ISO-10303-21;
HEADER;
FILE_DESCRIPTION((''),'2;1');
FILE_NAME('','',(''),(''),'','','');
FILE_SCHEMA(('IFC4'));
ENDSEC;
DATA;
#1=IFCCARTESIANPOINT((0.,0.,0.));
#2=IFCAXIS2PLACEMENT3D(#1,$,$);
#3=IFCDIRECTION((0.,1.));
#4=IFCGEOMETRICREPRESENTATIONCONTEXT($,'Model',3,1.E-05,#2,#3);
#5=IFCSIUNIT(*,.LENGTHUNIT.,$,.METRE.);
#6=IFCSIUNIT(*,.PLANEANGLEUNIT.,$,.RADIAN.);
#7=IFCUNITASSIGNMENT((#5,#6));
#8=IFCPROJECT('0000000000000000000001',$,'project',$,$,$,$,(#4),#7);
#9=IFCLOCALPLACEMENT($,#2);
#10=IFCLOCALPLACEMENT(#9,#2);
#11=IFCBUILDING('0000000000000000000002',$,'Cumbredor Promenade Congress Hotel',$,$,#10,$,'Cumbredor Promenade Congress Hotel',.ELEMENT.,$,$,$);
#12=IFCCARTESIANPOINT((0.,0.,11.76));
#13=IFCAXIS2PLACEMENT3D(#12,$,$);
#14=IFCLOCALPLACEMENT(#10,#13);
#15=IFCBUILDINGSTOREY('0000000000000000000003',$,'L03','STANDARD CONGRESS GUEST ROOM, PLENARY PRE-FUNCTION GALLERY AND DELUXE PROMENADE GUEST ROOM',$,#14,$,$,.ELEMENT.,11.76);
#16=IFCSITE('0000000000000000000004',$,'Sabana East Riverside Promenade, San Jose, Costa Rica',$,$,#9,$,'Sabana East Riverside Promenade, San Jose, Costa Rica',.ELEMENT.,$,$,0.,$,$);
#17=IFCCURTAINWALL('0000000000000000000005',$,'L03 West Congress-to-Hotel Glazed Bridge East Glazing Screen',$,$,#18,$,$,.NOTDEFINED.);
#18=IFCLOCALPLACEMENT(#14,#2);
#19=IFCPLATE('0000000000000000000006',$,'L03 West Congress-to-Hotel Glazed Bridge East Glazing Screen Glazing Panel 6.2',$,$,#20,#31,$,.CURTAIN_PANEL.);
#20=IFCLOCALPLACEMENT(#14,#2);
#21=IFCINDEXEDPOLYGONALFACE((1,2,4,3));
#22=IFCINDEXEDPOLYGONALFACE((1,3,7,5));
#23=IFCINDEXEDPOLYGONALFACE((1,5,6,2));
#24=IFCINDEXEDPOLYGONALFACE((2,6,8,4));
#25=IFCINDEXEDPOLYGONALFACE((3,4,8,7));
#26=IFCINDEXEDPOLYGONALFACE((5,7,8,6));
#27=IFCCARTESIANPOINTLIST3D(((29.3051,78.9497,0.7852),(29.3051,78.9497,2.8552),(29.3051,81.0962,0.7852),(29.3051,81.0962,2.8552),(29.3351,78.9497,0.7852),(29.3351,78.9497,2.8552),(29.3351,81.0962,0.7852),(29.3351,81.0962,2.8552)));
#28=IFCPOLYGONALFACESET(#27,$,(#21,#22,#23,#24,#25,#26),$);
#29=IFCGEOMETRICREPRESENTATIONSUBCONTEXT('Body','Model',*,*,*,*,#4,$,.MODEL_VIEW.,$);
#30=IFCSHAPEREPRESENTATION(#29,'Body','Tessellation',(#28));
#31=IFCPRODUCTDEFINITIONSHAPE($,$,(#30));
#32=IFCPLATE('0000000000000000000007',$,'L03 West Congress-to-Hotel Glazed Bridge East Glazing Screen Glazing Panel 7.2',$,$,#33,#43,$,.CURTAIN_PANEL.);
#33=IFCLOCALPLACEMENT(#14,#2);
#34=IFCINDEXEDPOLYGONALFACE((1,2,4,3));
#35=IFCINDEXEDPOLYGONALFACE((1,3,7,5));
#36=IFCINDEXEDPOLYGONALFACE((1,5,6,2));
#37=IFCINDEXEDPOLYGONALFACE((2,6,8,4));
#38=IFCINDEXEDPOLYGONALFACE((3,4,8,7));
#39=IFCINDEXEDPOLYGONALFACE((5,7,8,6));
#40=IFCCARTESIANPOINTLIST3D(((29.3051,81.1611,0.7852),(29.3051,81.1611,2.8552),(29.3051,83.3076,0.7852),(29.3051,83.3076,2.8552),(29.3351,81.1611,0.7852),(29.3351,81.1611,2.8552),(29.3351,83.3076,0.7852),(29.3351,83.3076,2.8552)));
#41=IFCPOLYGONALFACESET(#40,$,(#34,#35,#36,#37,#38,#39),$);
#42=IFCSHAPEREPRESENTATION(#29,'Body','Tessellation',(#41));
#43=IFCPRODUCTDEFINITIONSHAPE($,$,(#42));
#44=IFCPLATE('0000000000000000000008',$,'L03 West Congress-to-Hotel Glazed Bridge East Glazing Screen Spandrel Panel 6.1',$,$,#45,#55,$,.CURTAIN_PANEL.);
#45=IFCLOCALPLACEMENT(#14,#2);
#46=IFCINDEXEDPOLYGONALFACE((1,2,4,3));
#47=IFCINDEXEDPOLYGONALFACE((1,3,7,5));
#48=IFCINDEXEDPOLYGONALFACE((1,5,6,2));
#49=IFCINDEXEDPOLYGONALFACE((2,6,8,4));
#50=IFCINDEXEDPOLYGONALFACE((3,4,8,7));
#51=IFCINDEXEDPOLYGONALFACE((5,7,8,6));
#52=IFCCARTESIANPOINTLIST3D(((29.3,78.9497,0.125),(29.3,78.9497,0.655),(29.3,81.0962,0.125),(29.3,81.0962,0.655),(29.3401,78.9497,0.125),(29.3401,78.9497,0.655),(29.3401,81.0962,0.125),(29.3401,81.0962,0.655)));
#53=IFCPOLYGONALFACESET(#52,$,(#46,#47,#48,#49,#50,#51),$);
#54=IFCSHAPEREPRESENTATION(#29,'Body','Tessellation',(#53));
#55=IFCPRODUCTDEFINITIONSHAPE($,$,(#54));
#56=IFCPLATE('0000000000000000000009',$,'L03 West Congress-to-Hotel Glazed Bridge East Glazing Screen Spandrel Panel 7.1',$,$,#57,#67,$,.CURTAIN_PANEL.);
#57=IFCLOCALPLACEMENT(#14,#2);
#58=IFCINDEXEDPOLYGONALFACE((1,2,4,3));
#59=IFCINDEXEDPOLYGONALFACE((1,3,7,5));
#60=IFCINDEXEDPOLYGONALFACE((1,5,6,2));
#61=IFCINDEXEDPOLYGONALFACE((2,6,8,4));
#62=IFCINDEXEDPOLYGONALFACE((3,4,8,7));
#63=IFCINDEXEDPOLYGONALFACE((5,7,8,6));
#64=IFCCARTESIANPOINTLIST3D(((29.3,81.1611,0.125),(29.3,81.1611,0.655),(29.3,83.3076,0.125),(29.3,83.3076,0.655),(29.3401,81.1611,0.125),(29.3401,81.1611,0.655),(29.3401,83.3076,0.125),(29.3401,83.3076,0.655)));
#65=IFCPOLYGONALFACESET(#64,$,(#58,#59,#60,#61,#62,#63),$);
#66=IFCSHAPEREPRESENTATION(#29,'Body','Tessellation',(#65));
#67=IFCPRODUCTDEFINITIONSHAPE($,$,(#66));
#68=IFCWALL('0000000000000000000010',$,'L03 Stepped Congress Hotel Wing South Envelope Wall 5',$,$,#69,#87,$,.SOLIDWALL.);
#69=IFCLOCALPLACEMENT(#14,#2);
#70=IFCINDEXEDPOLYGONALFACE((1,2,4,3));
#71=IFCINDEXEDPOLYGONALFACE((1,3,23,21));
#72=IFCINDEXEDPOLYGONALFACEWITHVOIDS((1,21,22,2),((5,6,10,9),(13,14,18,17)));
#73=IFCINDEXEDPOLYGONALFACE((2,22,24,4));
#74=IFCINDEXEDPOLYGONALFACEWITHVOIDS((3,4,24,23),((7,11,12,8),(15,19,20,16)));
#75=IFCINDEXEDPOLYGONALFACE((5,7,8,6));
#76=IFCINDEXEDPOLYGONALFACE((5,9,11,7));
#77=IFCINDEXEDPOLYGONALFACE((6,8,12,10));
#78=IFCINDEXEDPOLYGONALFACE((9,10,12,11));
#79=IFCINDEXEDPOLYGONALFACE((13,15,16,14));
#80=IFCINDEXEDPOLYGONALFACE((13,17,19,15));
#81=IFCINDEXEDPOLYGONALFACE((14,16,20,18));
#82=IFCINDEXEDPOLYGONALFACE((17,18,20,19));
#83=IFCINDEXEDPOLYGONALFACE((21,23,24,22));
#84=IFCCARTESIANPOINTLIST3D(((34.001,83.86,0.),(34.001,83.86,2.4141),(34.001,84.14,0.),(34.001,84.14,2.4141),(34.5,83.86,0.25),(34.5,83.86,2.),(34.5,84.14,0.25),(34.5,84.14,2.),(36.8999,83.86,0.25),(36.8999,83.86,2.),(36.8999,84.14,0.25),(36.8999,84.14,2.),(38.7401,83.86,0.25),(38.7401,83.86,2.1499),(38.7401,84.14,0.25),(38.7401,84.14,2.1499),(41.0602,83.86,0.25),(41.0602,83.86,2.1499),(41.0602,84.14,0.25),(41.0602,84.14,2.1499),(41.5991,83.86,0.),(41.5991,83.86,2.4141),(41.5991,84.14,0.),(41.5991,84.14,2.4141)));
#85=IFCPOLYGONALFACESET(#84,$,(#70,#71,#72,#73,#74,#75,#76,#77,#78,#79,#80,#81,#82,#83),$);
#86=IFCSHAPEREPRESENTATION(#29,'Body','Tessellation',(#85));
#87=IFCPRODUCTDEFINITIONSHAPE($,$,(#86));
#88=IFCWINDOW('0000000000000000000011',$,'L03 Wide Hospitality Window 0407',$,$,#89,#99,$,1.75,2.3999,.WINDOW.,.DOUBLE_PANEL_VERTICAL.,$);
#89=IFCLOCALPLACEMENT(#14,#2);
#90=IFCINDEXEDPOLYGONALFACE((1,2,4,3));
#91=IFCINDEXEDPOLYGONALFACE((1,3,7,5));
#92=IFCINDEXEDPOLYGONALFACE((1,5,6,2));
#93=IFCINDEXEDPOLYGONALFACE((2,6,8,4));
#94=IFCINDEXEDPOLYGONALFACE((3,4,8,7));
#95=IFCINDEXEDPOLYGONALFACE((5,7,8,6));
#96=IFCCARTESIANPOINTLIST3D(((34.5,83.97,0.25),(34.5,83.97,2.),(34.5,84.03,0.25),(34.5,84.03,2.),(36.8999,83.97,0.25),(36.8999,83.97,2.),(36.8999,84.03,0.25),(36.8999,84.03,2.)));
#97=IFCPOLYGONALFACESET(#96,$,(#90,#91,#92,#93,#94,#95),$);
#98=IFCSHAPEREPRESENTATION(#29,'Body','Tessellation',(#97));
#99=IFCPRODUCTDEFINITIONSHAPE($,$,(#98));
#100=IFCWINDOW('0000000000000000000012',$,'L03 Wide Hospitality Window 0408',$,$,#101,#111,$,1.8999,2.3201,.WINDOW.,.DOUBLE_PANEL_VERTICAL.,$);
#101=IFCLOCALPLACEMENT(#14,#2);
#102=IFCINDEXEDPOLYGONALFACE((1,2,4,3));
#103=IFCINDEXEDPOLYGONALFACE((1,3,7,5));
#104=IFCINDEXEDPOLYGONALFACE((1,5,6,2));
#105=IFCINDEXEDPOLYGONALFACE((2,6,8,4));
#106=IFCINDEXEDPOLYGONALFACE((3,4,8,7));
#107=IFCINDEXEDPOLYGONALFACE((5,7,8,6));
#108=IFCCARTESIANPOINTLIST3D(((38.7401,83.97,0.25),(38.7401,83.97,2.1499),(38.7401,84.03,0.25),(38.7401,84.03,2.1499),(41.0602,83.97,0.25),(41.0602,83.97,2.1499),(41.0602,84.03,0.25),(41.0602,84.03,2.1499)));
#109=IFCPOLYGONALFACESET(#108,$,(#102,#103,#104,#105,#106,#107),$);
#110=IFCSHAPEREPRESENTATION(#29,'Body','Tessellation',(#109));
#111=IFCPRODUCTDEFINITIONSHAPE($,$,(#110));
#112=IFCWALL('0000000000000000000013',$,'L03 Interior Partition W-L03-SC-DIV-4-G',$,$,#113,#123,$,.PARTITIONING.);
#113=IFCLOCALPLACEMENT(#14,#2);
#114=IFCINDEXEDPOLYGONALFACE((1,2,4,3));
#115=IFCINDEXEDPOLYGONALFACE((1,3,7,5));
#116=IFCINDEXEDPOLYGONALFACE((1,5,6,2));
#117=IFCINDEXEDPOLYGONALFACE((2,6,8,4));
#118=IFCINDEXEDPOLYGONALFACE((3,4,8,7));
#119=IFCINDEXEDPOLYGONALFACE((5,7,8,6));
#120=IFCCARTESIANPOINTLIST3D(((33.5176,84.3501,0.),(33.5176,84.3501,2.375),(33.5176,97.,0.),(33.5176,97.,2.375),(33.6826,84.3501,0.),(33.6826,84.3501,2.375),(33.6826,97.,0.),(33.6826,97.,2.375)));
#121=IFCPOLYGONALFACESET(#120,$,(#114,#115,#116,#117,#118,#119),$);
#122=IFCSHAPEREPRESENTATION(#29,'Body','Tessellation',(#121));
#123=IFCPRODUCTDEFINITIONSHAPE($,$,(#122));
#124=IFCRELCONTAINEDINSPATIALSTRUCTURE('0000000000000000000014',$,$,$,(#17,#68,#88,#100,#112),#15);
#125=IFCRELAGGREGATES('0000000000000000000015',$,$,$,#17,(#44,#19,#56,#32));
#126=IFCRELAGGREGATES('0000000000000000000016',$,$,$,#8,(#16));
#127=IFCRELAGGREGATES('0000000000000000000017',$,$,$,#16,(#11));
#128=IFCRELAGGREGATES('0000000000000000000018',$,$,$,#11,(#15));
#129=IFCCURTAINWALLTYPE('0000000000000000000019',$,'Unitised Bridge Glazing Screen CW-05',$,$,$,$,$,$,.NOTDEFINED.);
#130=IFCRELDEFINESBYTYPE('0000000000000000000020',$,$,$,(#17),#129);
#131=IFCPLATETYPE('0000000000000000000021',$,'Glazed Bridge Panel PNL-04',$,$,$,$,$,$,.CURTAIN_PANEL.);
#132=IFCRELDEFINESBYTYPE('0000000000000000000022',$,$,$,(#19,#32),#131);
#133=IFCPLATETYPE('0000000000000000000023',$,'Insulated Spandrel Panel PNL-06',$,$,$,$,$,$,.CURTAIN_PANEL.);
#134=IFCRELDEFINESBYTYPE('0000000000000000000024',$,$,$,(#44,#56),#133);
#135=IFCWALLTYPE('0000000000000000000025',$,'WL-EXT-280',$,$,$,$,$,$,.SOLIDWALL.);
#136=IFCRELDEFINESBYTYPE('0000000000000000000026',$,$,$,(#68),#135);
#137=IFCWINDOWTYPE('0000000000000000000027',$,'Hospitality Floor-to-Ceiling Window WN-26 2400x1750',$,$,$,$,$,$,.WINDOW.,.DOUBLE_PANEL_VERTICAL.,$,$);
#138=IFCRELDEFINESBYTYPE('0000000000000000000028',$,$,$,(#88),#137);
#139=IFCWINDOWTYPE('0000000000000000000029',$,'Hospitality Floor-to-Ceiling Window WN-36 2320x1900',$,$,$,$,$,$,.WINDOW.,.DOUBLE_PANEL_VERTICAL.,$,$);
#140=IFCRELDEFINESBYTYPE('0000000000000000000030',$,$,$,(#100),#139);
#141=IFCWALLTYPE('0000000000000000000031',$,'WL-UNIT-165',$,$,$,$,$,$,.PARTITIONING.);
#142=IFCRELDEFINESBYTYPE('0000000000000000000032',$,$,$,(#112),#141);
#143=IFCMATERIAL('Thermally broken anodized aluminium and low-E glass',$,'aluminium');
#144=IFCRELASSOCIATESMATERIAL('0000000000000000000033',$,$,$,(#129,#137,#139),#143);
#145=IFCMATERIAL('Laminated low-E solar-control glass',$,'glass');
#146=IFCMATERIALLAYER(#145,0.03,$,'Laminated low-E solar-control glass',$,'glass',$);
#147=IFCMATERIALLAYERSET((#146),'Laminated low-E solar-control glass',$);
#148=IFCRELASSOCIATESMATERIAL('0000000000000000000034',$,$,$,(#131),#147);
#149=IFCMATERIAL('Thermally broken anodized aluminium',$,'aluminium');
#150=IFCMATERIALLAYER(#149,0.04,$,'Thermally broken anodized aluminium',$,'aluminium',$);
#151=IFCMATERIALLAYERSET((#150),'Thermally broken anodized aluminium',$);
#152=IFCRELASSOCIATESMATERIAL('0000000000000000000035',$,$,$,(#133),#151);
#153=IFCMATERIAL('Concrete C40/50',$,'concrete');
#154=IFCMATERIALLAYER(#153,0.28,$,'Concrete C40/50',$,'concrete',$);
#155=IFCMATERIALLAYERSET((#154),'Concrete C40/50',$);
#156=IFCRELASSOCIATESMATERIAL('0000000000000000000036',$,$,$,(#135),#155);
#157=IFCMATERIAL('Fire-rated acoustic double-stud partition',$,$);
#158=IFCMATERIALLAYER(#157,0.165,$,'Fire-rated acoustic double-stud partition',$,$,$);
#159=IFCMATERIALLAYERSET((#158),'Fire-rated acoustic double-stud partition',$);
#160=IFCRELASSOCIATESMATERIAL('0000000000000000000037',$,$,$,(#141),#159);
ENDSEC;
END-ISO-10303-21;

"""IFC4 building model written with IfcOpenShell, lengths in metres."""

from ifc_helpers import new_model, si_unit, direction, frame, frame_2d, origin, origin_2d, place, context, subcontext, project, spatial, rectangle, extrude, material, layer, layer_set, type_object, element, fill, aggregate, save


model = new_model("IFC4")

# Units and contexts
model_context = context("Model", 3, precision=1e-05, world=origin(), true_north=direction((0.0, 1.0)))
body_context = subcontext(model_context, "Body", "Model", "MODEL_VIEW")
ifc_project = project(units=[si_unit("LENGTHUNIT", "METRE"), si_unit("PLANEANGLEUNIT", "RADIAN")], contexts=[model_context])

# Site, building, storey
site_placement = place(None, origin())
site = spatial("IfcSite", under=ifc_project, at=site_placement, Name="Sabana East Riverside Promenade, San Jose, Costa Rica", LongName="Sabana East Riverside Promenade, San Jose, Costa Rica", CompositionType="ELEMENT", RefElevation=0.0)
building_placement = place(site_placement, origin())
building = spatial("IfcBuilding", under=site, at=building_placement, Name="Cumbredor Promenade Congress Hotel", LongName="Cumbredor Promenade Congress Hotel", CompositionType="ELEMENT")
storey_placement = place(building_placement, frame((0.0, 0.0, 11.76)))
storey = spatial("IfcBuildingStorey", under=building, at=storey_placement, Name="L03", Description="STANDARD CONGRESS GUEST ROOM, PLENARY PRE-FUNCTION GALLERY AND DELUXE PROMENADE GUEST ROOM", CompositionType="ELEMENT", Elevation=11.76)

# Shared definitions
ifc_material_1 = material(Name="Concrete C40/50", Category="concrete")

# Curtain wall
ifc_material_2 = material(Name="Thermally broken anodized aluminium and low-E glass", Category="aluminium")
curtain_wall_type_1 = type_object("IfcCurtainWallType", Name="Unitised Bridge Glazing Screen CW-05", PredefinedType="NOTDEFINED", material=ifc_material_2)
curtain_wall_1_placement = place(storey_placement, origin())
curtain_wall_1 = element("IfcCurtainWall", 1, at=curtain_wall_1_placement, inside=storey, type_object=curtain_wall_type_1, Name="L03 West Congress-to-Hotel Glazed Bridge East Glazing Screen", PredefinedType="NOTDEFINED")
ifc_material_3 = material(Name="Thermally broken anodized aluminium", Category="aluminium")

# Plates
ifc_material_4 = material(Name="Laminated low-E solar-control glass", Category="glass")
ifc_layer_1 = layer(ifc_material_4, 0.03, Name="Laminated low-E solar-control glass", Category="glass")
ifc_layer_set_1 = layer_set([ifc_layer_1], Name="Laminated low-E solar-control glass")
plate_type_1 = type_object("IfcPlateType", Name="Glazed Bridge Panel PNL-04", PredefinedType="CURTAIN_PANEL", material=ifc_layer_set_1)
plate_1_placement = place(storey_placement, frame((29.3201, 80.0229, 0.7852), z_axis=(0.0, 0.0, 1.0), x_axis=(0.0, 1.0, 0.0)))
plate_1 = element("IfcPlate", 2, at=plate_1_placement, type_object=plate_type_1, Name="L03 West Congress-to-Hotel Glazed Bridge East Glazing Screen Glazing Panel 6.2", PredefinedType="CURTAIN_PANEL", context=body_context, shape_type="SweptSolid", body=[
    extrude(rectangle(XDim=2.1465, YDim=0.03, at=origin_2d()), origin(), (0.0, 0.0, 1.0), 2.0701),
])
plate_2_placement = place(storey_placement, frame((29.3201, 82.2344, 0.7852), z_axis=(0.0, 0.0, 1.0), x_axis=(0.0, 1.0, 0.0)))
plate_2 = element("IfcPlate", 3, at=plate_2_placement, type_object=plate_type_1, Name="L03 West Congress-to-Hotel Glazed Bridge East Glazing Screen Glazing Panel 7.2", PredefinedType="CURTAIN_PANEL", context=body_context, shape_type="SweptSolid", body=[
    extrude(rectangle(XDim=2.1465, YDim=0.03, at=origin_2d()), origin(), (0.0, 0.0, 1.0), 2.0701),
])
ifc_layer_2 = layer(ifc_material_3, 0.04, Name="Thermally broken anodized aluminium", Category="aluminium")
ifc_layer_set_2 = layer_set([ifc_layer_2], Name="Thermally broken anodized aluminium")
plate_type_2 = type_object("IfcPlateType", Name="Insulated Spandrel Panel PNL-06", PredefinedType="CURTAIN_PANEL", material=ifc_layer_set_2)
plate_3_placement = place(storey_placement, frame((29.3201, 80.0229, 0.125), z_axis=(0.0, 0.0, 1.0), x_axis=(0.0, 1.0, 0.0)))
plate_3 = element("IfcPlate", 4, at=plate_3_placement, type_object=plate_type_2, Name="L03 West Congress-to-Hotel Glazed Bridge East Glazing Screen Spandrel Panel 6.1", PredefinedType="CURTAIN_PANEL", context=body_context, shape_type="SweptSolid", body=[
    extrude(rectangle(XDim=2.1465, YDim=0.04, at=origin_2d()), origin(), (0.0, 0.0, 1.0), 0.53),
])
plate_4_placement = place(storey_placement, frame((29.3201, 82.2344, 0.125), z_axis=(0.0, 0.0, 1.0), x_axis=(0.0, 1.0, 0.0)))
plate_4 = element("IfcPlate", 5, at=plate_4_placement, type_object=plate_type_2, Name="L03 West Congress-to-Hotel Glazed Bridge East Glazing Screen Spandrel Panel 7.1", PredefinedType="CURTAIN_PANEL", context=body_context, shape_type="SweptSolid", body=[
    extrude(rectangle(XDim=2.1465, YDim=0.04, at=origin_2d()), origin(), (0.0, 0.0, 1.0), 0.53),
])
aggregate(curtain_wall_1, [plate_3, plate_1, plate_4, plate_2])

# Wall, openings, windows
ifc_layer_3 = layer(ifc_material_1, 0.28, Name="Concrete C40/50", Category="concrete")
ifc_layer_set_3 = layer_set([ifc_layer_3], Name="Concrete C40/50")
wall_type_1 = type_object("IfcWallType", Name="WL-EXT-280", PredefinedType="SOLIDWALL", material=ifc_layer_set_3)
wall_1_placement = place(storey_placement, frame((34.001, 84.0, 0.0), z_axis=(0.0, 0.0, 1.0), x_axis=(1.0, 0.0, 0.0)))
wall_1 = element("IfcWall", 6, at=wall_1_placement, inside=storey, type_object=wall_type_1, Name="L03 Stepped Congress Hotel Wing South Envelope Wall 5", PredefinedType="SOLIDWALL", context=body_context, shape_type="SweptSolid", body=[
    extrude(rectangle(XDim=7.5981, YDim=0.28, at=frame_2d((3.7991, 0.0))), origin(), (0.0, 0.0, 1.0), 2.4141),
])
opening_1_placement = place(wall_1_placement, frame((0.499, 0.0, 0.25)))
opening_1 = element("IfcOpeningElement", 7, at=opening_1_placement, cuts=wall_1, PredefinedType="OPENING", context=body_context, shape_type="SweptSolid", body=[
    extrude(rectangle(XDim=2.3999, YDim=1.75, at=frame_2d((1.2, 0.875))), frame((0.0, 0.1499, 0.0), z_axis=(0.0, -1.0, 0.0), x_axis=(1.0, 0.0, 0.0)), (0.0, 0.0, 1.0), 0.3),
])
opening_2_placement = place(wall_1_placement, frame((4.739, 0.0, 0.25)))
opening_2 = element("IfcOpeningElement", 8, at=opening_2_placement, cuts=wall_1, PredefinedType="OPENING", context=body_context, shape_type="SweptSolid", body=[
    extrude(rectangle(XDim=2.3201, YDim=1.8999, at=frame_2d((1.1602, 0.95))), frame((0.0, 0.1499, 0.0), z_axis=(0.0, -1.0, 0.0), x_axis=(1.0, 0.0, 0.0)), (0.0, 0.0, 1.0), 0.3),
])
window_type_1 = type_object("IfcWindowType", Name="Hospitality Floor-to-Ceiling Window WN-26 2400x1750", PartitioningType="DOUBLE_PANEL_VERTICAL", PredefinedType="WINDOW", material=ifc_material_2)
window_1_placement = place(opening_1_placement, origin())
window_1 = element("IfcWindow", 9, at=window_1_placement, inside=storey, type_object=window_type_1, Name="L03 Wide Hospitality Window 0407", OverallHeight=1.75, OverallWidth=2.3999, PartitioningType="DOUBLE_PANEL_VERTICAL", PredefinedType="WINDOW", context=body_context, shape_type="SweptSolid", body=[
    extrude(rectangle(XDim=2.3999, YDim=1.75, at=frame_2d((1.2, 0.875))), frame((0.0, 0.03, 0.0), z_axis=(0.0, -1.0, 0.0), x_axis=(1.0, 0.0, 0.0)), (0.0, 0.0, 1.0), 0.0601),
])
fill(opening_1, window_1)
window_type_2 = type_object("IfcWindowType", Name="Hospitality Floor-to-Ceiling Window WN-36 2320x1900", PartitioningType="DOUBLE_PANEL_VERTICAL", PredefinedType="WINDOW", material=ifc_material_2)
window_2_placement = place(opening_2_placement, origin())
window_2 = element("IfcWindow", 10, at=window_2_placement, inside=storey, type_object=window_type_2, Name="L03 Wide Hospitality Window 0408", OverallHeight=1.8999, OverallWidth=2.3201, PartitioningType="DOUBLE_PANEL_VERTICAL", PredefinedType="WINDOW", context=body_context, shape_type="SweptSolid", body=[
    extrude(rectangle(XDim=2.3201, YDim=1.8999, at=frame_2d((1.1602, 0.95))), frame((0.0, 0.03, 0.0), z_axis=(0.0, -1.0, 0.0), x_axis=(1.0, 0.0, 0.0)), (0.0, 0.0, 1.0), 0.0601),
])
fill(opening_2, window_2)

# Wall
ifc_material_5 = material(Name="Fire-rated acoustic double-stud partition")
ifc_layer_4 = layer(ifc_material_5, 0.165, Name="Fire-rated acoustic double-stud partition")
ifc_layer_set_4 = layer_set([ifc_layer_4], Name="Fire-rated acoustic double-stud partition")
wall_type_2 = type_object("IfcWallType", Name="WL-UNIT-165", PredefinedType="PARTITIONING", material=ifc_layer_set_4)
wall_2_placement = place(storey_placement, frame((33.6001, 84.3501, 0.0), z_axis=(0.0, 0.0, 1.0), x_axis=(0.0, 1.0, 0.0)))
element("IfcWall", 11, at=wall_2_placement, inside=storey, type_object=wall_type_2, Name="L03 Interior Partition W-L03-SC-DIV-4-G", PredefinedType="PARTITIONING", context=body_context, shape_type="SweptSolid", body=[
    extrude(rectangle(XDim=12.6499, YDim=0.165, at=frame_2d((6.325, 0.0))), origin(), (0.0, 0.0, 1.0), 2.375),
])

save(model, "model.ifc")
